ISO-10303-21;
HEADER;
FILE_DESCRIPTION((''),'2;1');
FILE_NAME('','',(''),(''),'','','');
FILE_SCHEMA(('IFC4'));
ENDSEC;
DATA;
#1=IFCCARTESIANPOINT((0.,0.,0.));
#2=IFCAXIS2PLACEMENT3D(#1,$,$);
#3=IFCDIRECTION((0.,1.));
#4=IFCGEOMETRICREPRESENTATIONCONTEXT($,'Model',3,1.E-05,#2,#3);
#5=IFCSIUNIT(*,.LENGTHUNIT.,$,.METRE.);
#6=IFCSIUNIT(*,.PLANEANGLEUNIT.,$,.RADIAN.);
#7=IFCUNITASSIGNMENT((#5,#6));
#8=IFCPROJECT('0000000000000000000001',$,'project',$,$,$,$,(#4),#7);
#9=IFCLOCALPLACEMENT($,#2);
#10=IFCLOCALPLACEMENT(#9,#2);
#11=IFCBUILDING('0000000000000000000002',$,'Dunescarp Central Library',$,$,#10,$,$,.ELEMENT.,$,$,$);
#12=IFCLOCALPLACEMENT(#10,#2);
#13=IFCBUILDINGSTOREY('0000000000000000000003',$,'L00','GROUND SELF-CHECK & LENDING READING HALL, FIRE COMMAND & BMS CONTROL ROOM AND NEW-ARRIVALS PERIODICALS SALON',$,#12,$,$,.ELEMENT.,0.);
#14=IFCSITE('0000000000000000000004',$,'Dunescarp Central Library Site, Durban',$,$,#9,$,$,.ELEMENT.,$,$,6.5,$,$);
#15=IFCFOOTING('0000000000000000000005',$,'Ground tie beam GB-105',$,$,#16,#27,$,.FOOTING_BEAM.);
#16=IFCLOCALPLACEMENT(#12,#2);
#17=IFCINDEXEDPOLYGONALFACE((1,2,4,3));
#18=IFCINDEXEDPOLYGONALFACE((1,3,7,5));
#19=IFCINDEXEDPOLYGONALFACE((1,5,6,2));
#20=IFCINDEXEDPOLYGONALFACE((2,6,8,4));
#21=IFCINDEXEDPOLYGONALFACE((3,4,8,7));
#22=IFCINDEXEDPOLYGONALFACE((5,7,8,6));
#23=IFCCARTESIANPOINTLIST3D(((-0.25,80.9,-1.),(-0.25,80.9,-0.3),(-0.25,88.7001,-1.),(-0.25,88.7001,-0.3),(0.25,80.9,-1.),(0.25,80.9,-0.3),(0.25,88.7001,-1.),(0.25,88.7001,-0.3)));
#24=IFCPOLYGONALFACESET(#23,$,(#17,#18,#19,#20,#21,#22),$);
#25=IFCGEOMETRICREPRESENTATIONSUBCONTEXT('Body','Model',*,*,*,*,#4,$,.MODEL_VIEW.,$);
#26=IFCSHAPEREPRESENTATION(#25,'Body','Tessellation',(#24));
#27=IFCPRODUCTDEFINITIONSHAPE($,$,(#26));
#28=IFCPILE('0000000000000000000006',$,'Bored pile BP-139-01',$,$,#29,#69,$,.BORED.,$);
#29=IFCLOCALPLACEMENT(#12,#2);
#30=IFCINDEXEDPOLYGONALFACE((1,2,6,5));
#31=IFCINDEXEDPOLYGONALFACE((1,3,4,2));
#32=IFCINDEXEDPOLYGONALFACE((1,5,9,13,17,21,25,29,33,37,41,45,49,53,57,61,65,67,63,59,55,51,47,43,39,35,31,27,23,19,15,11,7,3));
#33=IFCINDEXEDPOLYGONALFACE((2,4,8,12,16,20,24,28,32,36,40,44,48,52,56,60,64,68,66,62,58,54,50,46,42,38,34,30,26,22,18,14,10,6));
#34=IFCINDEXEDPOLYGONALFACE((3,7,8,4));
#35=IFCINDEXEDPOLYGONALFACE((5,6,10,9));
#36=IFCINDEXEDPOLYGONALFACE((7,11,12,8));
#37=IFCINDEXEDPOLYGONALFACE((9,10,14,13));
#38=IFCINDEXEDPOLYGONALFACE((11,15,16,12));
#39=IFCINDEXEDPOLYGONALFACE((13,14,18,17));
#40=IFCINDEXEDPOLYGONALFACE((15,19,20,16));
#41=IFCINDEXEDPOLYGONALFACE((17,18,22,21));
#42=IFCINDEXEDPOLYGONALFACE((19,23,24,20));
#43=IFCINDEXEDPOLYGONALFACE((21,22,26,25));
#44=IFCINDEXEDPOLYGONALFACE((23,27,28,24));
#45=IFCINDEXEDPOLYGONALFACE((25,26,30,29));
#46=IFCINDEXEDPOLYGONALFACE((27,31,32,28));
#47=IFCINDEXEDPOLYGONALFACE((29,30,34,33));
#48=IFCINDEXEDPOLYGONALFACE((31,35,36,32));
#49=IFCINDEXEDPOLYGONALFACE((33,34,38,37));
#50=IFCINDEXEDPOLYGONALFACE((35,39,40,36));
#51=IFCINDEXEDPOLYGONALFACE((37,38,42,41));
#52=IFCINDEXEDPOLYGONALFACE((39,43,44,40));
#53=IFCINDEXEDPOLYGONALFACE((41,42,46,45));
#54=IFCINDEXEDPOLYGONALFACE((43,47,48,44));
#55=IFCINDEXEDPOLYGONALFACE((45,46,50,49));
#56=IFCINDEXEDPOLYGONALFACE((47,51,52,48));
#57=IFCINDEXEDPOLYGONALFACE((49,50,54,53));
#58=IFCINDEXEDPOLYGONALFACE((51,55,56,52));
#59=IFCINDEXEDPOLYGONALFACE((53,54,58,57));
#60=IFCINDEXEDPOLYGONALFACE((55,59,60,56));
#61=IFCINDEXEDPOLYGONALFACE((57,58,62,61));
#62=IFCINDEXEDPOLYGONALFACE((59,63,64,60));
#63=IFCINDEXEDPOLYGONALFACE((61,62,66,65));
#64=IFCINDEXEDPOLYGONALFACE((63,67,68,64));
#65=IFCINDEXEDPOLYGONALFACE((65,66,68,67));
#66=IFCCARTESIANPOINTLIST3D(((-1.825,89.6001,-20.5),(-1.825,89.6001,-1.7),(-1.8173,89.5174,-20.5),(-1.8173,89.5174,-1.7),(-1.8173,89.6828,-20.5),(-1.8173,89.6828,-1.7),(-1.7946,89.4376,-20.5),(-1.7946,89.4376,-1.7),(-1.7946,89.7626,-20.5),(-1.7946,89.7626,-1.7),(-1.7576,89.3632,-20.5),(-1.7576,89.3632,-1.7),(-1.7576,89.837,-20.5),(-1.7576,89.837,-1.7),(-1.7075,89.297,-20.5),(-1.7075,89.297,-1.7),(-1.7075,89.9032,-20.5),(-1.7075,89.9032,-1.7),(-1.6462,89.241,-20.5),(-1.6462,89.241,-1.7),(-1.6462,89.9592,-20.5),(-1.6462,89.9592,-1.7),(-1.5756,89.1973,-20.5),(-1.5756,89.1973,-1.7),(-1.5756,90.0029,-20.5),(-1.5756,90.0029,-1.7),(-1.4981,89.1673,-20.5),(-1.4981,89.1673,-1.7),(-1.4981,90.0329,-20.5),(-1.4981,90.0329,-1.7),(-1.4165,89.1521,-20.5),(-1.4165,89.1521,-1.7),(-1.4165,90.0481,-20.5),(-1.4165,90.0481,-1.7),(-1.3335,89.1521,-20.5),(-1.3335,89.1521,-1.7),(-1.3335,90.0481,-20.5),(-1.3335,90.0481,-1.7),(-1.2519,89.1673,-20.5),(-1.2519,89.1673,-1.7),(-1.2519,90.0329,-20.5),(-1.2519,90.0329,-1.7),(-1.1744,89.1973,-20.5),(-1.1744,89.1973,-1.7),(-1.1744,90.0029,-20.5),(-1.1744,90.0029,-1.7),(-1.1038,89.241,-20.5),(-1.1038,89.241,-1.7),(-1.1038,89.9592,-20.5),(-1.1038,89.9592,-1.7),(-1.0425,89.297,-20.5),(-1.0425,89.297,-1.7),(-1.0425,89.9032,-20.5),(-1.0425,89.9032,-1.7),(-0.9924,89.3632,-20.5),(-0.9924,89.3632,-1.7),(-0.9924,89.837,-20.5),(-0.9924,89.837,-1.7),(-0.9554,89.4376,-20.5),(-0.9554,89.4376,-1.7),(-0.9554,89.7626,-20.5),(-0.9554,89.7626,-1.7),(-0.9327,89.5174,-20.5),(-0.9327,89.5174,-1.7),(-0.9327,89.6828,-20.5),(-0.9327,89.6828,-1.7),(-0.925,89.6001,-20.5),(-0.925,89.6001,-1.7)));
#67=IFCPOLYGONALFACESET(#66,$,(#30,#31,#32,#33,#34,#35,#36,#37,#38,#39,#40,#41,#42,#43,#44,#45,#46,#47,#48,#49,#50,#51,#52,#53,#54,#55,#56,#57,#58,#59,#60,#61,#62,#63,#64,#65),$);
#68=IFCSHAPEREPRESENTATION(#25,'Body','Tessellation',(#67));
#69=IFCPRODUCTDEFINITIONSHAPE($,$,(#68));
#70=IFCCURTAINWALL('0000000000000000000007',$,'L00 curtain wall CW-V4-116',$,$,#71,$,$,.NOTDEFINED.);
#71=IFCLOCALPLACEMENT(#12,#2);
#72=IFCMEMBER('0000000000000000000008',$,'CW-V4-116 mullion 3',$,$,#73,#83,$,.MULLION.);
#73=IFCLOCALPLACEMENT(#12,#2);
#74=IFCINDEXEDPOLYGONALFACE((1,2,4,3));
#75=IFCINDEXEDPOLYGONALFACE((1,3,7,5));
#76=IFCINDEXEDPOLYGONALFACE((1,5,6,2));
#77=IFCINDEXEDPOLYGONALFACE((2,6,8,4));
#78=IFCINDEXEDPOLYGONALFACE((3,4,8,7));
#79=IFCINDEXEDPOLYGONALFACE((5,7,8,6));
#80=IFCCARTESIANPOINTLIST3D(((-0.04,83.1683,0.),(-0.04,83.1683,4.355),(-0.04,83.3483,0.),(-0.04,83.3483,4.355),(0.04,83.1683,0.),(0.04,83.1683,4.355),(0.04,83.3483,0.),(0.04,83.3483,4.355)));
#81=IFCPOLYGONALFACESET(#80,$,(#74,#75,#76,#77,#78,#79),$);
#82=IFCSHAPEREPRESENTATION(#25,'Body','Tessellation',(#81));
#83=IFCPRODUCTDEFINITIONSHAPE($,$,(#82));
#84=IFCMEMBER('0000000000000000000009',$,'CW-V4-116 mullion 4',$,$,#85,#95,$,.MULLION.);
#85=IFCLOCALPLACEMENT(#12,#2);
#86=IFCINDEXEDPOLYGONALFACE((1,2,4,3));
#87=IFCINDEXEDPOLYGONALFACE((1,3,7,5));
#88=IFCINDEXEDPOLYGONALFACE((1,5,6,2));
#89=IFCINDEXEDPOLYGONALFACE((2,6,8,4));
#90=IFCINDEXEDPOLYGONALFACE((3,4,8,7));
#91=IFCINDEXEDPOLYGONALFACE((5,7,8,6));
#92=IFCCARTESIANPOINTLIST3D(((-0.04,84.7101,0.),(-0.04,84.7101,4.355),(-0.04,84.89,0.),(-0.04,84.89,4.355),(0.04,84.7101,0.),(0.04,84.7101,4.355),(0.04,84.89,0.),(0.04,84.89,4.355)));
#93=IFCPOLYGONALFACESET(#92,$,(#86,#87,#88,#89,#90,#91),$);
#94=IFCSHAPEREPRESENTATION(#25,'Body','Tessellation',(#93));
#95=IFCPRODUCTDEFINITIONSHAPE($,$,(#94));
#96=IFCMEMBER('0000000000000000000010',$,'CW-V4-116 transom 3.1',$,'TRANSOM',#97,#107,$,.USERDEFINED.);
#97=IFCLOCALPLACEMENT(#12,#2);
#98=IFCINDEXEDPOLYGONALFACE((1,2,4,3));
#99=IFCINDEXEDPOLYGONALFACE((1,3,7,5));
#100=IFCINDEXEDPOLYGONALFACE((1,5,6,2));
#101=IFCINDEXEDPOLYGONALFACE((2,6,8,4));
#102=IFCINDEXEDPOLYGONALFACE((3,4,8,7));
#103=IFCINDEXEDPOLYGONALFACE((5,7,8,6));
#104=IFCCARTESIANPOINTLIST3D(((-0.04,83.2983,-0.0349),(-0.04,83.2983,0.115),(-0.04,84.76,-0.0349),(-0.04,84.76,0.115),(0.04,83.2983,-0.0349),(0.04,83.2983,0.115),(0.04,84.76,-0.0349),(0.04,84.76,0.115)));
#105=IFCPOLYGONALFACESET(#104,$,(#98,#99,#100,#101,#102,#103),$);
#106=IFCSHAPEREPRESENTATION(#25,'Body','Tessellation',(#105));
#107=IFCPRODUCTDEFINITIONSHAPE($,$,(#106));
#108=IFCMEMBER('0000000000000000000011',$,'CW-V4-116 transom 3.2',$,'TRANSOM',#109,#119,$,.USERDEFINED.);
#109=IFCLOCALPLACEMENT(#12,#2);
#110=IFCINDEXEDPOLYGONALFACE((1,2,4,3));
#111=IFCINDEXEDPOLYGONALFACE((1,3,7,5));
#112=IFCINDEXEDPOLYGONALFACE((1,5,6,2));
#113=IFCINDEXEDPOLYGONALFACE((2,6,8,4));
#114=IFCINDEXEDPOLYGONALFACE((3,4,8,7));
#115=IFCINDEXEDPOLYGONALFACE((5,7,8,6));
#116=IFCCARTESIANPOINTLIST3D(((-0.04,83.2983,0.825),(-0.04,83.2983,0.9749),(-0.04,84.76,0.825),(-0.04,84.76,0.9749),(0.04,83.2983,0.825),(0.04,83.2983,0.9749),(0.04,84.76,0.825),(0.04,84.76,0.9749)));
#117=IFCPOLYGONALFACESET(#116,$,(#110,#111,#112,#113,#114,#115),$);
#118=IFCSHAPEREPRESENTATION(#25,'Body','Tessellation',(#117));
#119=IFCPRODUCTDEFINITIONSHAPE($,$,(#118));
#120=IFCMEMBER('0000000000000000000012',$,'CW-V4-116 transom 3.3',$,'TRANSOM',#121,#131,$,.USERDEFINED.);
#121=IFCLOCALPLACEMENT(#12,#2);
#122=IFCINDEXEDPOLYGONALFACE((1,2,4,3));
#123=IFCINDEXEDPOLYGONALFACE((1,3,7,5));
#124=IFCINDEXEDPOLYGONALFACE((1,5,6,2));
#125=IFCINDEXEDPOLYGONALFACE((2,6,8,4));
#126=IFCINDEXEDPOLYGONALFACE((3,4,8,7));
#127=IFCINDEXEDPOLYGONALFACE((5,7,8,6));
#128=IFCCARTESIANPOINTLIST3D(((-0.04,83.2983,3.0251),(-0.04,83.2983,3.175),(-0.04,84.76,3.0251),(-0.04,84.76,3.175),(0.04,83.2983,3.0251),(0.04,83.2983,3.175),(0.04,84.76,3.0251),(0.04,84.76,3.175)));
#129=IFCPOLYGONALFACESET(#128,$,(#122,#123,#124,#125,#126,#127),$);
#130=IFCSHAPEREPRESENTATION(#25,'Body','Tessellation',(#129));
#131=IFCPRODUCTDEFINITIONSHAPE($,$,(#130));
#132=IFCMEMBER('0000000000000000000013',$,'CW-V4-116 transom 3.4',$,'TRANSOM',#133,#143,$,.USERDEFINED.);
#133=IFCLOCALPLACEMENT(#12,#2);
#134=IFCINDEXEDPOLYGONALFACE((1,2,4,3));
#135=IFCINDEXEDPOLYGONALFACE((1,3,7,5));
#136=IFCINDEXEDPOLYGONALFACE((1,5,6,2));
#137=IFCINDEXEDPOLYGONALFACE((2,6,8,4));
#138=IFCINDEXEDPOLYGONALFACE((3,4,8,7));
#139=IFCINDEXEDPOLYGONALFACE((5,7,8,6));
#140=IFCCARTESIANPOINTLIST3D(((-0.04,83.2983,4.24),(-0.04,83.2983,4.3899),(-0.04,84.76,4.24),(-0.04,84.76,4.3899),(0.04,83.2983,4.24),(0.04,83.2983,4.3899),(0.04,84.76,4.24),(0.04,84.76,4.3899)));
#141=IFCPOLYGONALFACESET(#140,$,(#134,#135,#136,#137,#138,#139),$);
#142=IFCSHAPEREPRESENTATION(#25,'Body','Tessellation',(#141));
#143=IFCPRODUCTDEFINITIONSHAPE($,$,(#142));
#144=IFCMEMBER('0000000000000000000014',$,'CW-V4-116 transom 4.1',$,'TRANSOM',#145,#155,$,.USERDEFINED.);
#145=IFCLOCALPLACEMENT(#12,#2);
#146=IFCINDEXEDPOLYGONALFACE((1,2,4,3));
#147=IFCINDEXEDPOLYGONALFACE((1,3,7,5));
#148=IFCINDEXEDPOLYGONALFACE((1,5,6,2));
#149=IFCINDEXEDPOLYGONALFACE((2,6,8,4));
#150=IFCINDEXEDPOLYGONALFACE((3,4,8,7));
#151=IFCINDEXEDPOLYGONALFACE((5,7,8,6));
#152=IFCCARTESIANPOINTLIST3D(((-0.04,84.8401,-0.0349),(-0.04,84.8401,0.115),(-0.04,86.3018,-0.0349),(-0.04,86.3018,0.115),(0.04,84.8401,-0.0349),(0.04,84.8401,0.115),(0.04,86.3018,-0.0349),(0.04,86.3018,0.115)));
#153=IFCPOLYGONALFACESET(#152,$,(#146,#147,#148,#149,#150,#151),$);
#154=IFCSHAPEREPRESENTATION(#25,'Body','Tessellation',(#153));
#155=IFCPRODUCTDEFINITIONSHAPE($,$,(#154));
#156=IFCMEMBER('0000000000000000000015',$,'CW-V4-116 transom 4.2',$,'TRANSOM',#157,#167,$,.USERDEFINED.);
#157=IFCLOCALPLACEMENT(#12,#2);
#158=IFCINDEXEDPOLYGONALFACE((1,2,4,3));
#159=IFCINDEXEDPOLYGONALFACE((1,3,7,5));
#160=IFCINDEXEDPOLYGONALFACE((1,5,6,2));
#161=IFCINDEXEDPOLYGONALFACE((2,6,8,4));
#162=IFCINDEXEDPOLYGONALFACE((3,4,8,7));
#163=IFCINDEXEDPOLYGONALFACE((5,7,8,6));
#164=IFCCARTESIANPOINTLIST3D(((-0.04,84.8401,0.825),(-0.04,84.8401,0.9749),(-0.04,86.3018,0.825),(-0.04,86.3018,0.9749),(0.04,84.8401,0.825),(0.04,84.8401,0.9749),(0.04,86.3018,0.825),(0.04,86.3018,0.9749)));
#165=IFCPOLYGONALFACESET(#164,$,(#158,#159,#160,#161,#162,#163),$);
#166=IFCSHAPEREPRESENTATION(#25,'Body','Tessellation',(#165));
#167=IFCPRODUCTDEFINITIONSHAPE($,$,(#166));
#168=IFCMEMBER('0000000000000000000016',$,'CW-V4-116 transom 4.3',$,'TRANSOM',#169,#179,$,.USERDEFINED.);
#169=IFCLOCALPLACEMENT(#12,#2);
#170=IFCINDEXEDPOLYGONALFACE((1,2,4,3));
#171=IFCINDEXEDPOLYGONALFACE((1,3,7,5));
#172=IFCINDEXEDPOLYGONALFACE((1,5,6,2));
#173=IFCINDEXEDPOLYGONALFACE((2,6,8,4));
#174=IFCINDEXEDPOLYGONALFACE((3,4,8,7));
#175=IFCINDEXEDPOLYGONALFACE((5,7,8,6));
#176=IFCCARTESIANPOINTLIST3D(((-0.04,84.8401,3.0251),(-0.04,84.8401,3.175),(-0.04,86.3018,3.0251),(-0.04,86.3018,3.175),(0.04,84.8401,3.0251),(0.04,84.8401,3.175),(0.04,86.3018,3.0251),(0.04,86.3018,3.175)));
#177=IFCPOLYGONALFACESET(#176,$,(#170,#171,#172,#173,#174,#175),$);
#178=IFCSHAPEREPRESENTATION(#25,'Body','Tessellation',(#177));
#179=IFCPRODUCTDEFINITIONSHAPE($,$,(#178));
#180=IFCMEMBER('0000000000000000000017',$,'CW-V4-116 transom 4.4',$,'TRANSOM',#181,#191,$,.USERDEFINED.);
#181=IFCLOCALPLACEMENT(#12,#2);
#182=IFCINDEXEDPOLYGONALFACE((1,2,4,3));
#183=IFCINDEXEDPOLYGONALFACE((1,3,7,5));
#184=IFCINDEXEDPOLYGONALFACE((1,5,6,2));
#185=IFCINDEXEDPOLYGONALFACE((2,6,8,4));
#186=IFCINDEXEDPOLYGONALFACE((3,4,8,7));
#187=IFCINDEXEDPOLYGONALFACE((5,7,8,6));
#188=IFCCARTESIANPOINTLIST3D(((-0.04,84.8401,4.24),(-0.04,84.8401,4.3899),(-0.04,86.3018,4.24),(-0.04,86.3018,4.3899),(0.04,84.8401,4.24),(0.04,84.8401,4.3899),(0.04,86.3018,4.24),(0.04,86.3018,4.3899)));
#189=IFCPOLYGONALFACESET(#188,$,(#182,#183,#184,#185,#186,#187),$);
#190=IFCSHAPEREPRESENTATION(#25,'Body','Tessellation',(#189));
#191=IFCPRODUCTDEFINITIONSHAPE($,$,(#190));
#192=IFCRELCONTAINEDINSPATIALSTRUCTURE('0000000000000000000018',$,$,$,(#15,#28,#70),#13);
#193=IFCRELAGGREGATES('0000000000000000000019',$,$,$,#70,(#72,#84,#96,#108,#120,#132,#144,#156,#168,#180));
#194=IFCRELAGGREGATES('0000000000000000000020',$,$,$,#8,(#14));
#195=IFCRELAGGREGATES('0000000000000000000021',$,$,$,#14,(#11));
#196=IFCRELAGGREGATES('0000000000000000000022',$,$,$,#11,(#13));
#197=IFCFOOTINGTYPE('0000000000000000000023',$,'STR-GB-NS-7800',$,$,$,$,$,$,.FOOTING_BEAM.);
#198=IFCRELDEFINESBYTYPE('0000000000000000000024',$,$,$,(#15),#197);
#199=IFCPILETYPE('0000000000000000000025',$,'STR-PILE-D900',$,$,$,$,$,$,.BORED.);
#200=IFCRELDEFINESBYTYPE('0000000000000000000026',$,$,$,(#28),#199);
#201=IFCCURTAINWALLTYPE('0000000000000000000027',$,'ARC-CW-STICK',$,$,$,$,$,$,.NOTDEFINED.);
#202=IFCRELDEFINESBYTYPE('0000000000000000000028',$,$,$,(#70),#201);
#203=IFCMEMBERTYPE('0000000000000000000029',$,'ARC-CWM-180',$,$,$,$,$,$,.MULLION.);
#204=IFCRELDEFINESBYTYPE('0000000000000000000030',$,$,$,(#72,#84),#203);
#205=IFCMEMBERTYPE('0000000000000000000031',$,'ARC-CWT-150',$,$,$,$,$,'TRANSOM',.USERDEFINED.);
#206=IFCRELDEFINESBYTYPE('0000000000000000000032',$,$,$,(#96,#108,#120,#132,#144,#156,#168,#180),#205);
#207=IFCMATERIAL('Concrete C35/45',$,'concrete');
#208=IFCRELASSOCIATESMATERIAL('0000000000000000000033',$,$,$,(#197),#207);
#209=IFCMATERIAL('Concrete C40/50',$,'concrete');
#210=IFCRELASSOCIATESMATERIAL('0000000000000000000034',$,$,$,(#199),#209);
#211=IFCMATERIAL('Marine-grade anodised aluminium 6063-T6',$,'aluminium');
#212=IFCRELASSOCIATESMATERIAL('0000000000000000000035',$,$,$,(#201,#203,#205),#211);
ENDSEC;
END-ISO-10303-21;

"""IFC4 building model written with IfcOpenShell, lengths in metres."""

from ifc_helpers import new_model, si_unit, direction, frame, origin, origin_2d, place, context, subcontext, project, spatial, rectangle, circle, extrude, material, material_profile, profile_set, type_object, element, aggregate, save


model = new_model("IFC4")

# Units and contexts
model_context = context("Model", 3, precision=1e-05, world=origin(), true_north=direction((0.0, 1.0)))
body_context = subcontext(model_context, "Body", "Model", "MODEL_VIEW")
ifc_project = project(units=[si_unit("LENGTHUNIT", "METRE"), si_unit("PLANEANGLEUNIT", "RADIAN")], contexts=[model_context])

# Site, building, storey
site_placement = place(None, origin())
site = spatial("IfcSite", under=ifc_project, at=site_placement, Name="Dunescarp Central Library Site, Durban", CompositionType="ELEMENT", RefElevation=6.5)
building_placement = place(site_placement, origin())
building = spatial("IfcBuilding", under=site, at=building_placement, Name="Dunescarp Central Library", CompositionType="ELEMENT")
storey_placement = place(building_placement, origin())
storey = spatial("IfcBuildingStorey", under=building, at=storey_placement, Name="L00", Description="GROUND SELF-CHECK & LENDING READING HALL, FIRE COMMAND & BMS CONTROL ROOM AND NEW-ARRIVALS PERIODICALS SALON", CompositionType="ELEMENT", Elevation=0.0)

# Footing
ifc_material_1 = material(Name="Concrete C35/45", Category="concrete")
footing_type = type_object("IfcFootingType", Name="STR-GB-NS-7800", PredefinedType="FOOTING_BEAM", material=ifc_material_1)
footing_placement = place(storey_placement, frame((0.0, 84.8, -1.0), z_axis=(0.0, 0.0, 1.0), x_axis=(0.0, 1.0, 0.0)))
element("IfcFooting", 1, at=footing_placement, inside=storey, type_object=footing_type, Name="Ground tie beam GB-105", PredefinedType="FOOTING_BEAM", context=body_context, shape_type="SweptSolid", body=[
    extrude(rectangle(XDim=7.8, YDim=0.5, at=origin_2d()), origin(), (0.0, 0.0, 1.0), 0.7),
])

# Pile
ifc_material_2 = material(Name="Concrete C40/50", Category="concrete")
ifc_material_profile_1 = material_profile(ifc_material_2, circle(Radius=0.45, at=origin_2d()), Name="PILE D900")
ifc_profile_set_1 = profile_set([ifc_material_profile_1], Name="Concrete C40/50")
pile_type = type_object("IfcPileType", Name="STR-PILE-D900", PredefinedType="BORED", material=ifc_profile_set_1)
pile_placement = place(storey_placement, frame((-1.375, 89.6001, -1.7), z_axis=(0.0, 0.0, -1.0), x_axis=(1.0, 0.0, 0.0)))
element("IfcPile", 2, at=pile_placement, inside=storey, type_object=pile_type, Name="Bored pile BP-139-01", PredefinedType="BORED", context=body_context, shape_type="SweptSolid", body=[
    extrude(circle(Radius=0.45, at=origin_2d()), origin(), (0.0, 0.0, 1.0), 18.8),
])

# Curtain wall, members
ifc_material_3 = material(Name="Marine-grade anodised aluminium 6063-T6", Category="aluminium")
curtain_wall_type = type_object("IfcCurtainWallType", Name="ARC-CW-STICK", PredefinedType="NOTDEFINED", material=ifc_material_3)
curtain_wall_placement = place(storey_placement, origin())
curtain_wall = element("IfcCurtainWall", 3, at=curtain_wall_placement, inside=storey, type_object=curtain_wall_type, Name="L00 curtain wall CW-V4-116", PredefinedType="NOTDEFINED")
ifc_material_profile_2 = material_profile(ifc_material_3, rectangle(XDim=0.0801, YDim=0.1799, at=origin_2d()), Name="AL 80x180")
ifc_profile_set_2 = profile_set([ifc_material_profile_2], Name="Marine-grade anodised aluminium 6063-T6")
member_type_1 = type_object("IfcMemberType", Name="ARC-CWM-180", PredefinedType="MULLION", material=ifc_profile_set_2)
member_1_placement = place(storey_placement, frame((0.0, 83.2583, 0.0), z_axis=(0.0, 0.0, 1.0), x_axis=(-1.0, 0.0, 0.0)))
member_1 = element("IfcMember", 4, at=member_1_placement, type_object=member_type_1, Name="CW-V4-116 mullion 3", PredefinedType="MULLION", context=body_context, shape_type="SweptSolid", body=[
    extrude(rectangle(XDim=0.0801, YDim=0.1799, at=origin_2d()), origin(), (0.0, 0.0, 1.0), 4.355),
])
member_2_placement = place(storey_placement, frame((0.0, 84.8, 0.0), z_axis=(0.0, 0.0, 1.0), x_axis=(-1.0, 0.0, 0.0)))
member_2 = element("IfcMember", 5, at=member_2_placement, type_object=member_type_1, Name="CW-V4-116 mullion 4", PredefinedType="MULLION", context=body_context, shape_type="SweptSolid", body=[
    extrude(rectangle(XDim=0.0801, YDim=0.1799, at=origin_2d()), origin(), (0.0, 0.0, 1.0), 4.355),
])
ifc_material_profile_3 = material_profile(ifc_material_3, rectangle(XDim=0.0801, YDim=0.1499, at=origin_2d()), Name="AL 80x150")
ifc_profile_set_3 = profile_set([ifc_material_profile_3], Name="Marine-grade anodised aluminium 6063-T6")
member_type_2 = type_object("IfcMemberType", Name="ARC-CWT-150", ElementType="TRANSOM", PredefinedType="USERDEFINED", material=ifc_profile_set_3)
member_3_placement = place(storey_placement, frame((0.0, 83.2983, 0.04), z_axis=(0.0, 1.0, 0.0), x_axis=(-1.0, 0.0, 0.0)))
member_3 = element("IfcMember", 6, at=member_3_placement, type_object=member_type_2, Name="CW-V4-116 transom 3.1", ObjectType="TRANSOM", PredefinedType="USERDEFINED", context=body_context, shape_type="SweptSolid", body=[
    extrude(rectangle(XDim=0.0801, YDim=0.1499, at=origin_2d()), origin(), (0.0, 0.0, 1.0), 1.4617),
])
member_4_placement = place(storey_placement, frame((0.0, 83.2983, 0.8999), z_axis=(0.0, 1.0, 0.0), x_axis=(-1.0, 0.0, 0.0)))
member_4 = element("IfcMember", 7, at=member_4_placement, type_object=member_type_2, Name="CW-V4-116 transom 3.2", ObjectType="TRANSOM", PredefinedType="USERDEFINED", context=body_context, shape_type="SweptSolid", body=[
    extrude(rectangle(XDim=0.0801, YDim=0.1499, at=origin_2d()), origin(), (0.0, 0.0, 1.0), 1.4617),
])
member_5_placement = place(storey_placement, frame((0.0, 83.2983, 3.1001), z_axis=(0.0, 1.0, 0.0), x_axis=(-1.0, 0.0, 0.0)))
member_5 = element("IfcMember", 8, at=member_5_placement, type_object=member_type_2, Name="CW-V4-116 transom 3.3", ObjectType="TRANSOM", PredefinedType="USERDEFINED", context=body_context, shape_type="SweptSolid", body=[
    extrude(rectangle(XDim=0.0801, YDim=0.1499, at=origin_2d()), origin(), (0.0, 0.0, 1.0), 1.4617),
])
member_6_placement = place(storey_placement, frame((0.0, 83.2983, 4.3149), z_axis=(0.0, 1.0, 0.0), x_axis=(-1.0, 0.0, 0.0)))
member_6 = element("IfcMember", 9, at=member_6_placement, type_object=member_type_2, Name="CW-V4-116 transom 3.4", ObjectType="TRANSOM", PredefinedType="USERDEFINED", context=body_context, shape_type="SweptSolid", body=[
    extrude(rectangle(XDim=0.0801, YDim=0.1499, at=origin_2d()), origin(), (0.0, 0.0, 1.0), 1.4617),
])
member_7_placement = place(storey_placement, frame((0.0, 84.8401, 0.04), z_axis=(0.0, 1.0, 0.0), x_axis=(-1.0, 0.0, 0.0)))
member_7 = element("IfcMember", 10, at=member_7_placement, type_object=member_type_2, Name="CW-V4-116 transom 4.1", ObjectType="TRANSOM", PredefinedType="USERDEFINED", context=body_context, shape_type="SweptSolid", body=[
    extrude(rectangle(XDim=0.0801, YDim=0.1499, at=origin_2d()), origin(), (0.0, 0.0, 1.0), 1.4617),
])
member_8_placement = place(storey_placement, frame((0.0, 84.8401, 0.8999), z_axis=(0.0, 1.0, 0.0), x_axis=(-1.0, 0.0, 0.0)))
member_8 = element("IfcMember", 11, at=member_8_placement, type_object=member_type_2, Name="CW-V4-116 transom 4.2", ObjectType="TRANSOM", PredefinedType="USERDEFINED", context=body_context, shape_type="SweptSolid", body=[
    extrude(rectangle(XDim=0.0801, YDim=0.1499, at=origin_2d()), origin(), (0.0, 0.0, 1.0), 1.4617),
])
member_9_placement = place(storey_placement, frame((0.0, 84.8401, 3.1001), z_axis=(0.0, 1.0, 0.0), x_axis=(-1.0, 0.0, 0.0)))
member_9 = element("IfcMember", 12, at=member_9_placement, type_object=member_type_2, Name="CW-V4-116 transom 4.3", ObjectType="TRANSOM", PredefinedType="USERDEFINED", context=body_context, shape_type="SweptSolid", body=[
    extrude(rectangle(XDim=0.0801, YDim=0.1499, at=origin_2d()), origin(), (0.0, 0.0, 1.0), 1.4617),
])
member_10_placement = place(storey_placement, frame((0.0, 84.8401, 4.3149), z_axis=(0.0, 1.0, 0.0), x_axis=(-1.0, 0.0, 0.0)))
member_10 = element("IfcMember", 13, at=member_10_placement, type_object=member_type_2, Name="CW-V4-116 transom 4.4", ObjectType="TRANSOM", PredefinedType="USERDEFINED", context=body_context, shape_type="SweptSolid", body=[
    extrude(rectangle(XDim=0.0801, YDim=0.1499, at=origin_2d()), origin(), (0.0, 0.0, 1.0), 1.4617),
])
aggregate(curtain_wall, [member_1, member_2, member_3, member_4, member_5, member_6, member_7, member_8, member_9, member_10])

save(model, "model.ifc")
